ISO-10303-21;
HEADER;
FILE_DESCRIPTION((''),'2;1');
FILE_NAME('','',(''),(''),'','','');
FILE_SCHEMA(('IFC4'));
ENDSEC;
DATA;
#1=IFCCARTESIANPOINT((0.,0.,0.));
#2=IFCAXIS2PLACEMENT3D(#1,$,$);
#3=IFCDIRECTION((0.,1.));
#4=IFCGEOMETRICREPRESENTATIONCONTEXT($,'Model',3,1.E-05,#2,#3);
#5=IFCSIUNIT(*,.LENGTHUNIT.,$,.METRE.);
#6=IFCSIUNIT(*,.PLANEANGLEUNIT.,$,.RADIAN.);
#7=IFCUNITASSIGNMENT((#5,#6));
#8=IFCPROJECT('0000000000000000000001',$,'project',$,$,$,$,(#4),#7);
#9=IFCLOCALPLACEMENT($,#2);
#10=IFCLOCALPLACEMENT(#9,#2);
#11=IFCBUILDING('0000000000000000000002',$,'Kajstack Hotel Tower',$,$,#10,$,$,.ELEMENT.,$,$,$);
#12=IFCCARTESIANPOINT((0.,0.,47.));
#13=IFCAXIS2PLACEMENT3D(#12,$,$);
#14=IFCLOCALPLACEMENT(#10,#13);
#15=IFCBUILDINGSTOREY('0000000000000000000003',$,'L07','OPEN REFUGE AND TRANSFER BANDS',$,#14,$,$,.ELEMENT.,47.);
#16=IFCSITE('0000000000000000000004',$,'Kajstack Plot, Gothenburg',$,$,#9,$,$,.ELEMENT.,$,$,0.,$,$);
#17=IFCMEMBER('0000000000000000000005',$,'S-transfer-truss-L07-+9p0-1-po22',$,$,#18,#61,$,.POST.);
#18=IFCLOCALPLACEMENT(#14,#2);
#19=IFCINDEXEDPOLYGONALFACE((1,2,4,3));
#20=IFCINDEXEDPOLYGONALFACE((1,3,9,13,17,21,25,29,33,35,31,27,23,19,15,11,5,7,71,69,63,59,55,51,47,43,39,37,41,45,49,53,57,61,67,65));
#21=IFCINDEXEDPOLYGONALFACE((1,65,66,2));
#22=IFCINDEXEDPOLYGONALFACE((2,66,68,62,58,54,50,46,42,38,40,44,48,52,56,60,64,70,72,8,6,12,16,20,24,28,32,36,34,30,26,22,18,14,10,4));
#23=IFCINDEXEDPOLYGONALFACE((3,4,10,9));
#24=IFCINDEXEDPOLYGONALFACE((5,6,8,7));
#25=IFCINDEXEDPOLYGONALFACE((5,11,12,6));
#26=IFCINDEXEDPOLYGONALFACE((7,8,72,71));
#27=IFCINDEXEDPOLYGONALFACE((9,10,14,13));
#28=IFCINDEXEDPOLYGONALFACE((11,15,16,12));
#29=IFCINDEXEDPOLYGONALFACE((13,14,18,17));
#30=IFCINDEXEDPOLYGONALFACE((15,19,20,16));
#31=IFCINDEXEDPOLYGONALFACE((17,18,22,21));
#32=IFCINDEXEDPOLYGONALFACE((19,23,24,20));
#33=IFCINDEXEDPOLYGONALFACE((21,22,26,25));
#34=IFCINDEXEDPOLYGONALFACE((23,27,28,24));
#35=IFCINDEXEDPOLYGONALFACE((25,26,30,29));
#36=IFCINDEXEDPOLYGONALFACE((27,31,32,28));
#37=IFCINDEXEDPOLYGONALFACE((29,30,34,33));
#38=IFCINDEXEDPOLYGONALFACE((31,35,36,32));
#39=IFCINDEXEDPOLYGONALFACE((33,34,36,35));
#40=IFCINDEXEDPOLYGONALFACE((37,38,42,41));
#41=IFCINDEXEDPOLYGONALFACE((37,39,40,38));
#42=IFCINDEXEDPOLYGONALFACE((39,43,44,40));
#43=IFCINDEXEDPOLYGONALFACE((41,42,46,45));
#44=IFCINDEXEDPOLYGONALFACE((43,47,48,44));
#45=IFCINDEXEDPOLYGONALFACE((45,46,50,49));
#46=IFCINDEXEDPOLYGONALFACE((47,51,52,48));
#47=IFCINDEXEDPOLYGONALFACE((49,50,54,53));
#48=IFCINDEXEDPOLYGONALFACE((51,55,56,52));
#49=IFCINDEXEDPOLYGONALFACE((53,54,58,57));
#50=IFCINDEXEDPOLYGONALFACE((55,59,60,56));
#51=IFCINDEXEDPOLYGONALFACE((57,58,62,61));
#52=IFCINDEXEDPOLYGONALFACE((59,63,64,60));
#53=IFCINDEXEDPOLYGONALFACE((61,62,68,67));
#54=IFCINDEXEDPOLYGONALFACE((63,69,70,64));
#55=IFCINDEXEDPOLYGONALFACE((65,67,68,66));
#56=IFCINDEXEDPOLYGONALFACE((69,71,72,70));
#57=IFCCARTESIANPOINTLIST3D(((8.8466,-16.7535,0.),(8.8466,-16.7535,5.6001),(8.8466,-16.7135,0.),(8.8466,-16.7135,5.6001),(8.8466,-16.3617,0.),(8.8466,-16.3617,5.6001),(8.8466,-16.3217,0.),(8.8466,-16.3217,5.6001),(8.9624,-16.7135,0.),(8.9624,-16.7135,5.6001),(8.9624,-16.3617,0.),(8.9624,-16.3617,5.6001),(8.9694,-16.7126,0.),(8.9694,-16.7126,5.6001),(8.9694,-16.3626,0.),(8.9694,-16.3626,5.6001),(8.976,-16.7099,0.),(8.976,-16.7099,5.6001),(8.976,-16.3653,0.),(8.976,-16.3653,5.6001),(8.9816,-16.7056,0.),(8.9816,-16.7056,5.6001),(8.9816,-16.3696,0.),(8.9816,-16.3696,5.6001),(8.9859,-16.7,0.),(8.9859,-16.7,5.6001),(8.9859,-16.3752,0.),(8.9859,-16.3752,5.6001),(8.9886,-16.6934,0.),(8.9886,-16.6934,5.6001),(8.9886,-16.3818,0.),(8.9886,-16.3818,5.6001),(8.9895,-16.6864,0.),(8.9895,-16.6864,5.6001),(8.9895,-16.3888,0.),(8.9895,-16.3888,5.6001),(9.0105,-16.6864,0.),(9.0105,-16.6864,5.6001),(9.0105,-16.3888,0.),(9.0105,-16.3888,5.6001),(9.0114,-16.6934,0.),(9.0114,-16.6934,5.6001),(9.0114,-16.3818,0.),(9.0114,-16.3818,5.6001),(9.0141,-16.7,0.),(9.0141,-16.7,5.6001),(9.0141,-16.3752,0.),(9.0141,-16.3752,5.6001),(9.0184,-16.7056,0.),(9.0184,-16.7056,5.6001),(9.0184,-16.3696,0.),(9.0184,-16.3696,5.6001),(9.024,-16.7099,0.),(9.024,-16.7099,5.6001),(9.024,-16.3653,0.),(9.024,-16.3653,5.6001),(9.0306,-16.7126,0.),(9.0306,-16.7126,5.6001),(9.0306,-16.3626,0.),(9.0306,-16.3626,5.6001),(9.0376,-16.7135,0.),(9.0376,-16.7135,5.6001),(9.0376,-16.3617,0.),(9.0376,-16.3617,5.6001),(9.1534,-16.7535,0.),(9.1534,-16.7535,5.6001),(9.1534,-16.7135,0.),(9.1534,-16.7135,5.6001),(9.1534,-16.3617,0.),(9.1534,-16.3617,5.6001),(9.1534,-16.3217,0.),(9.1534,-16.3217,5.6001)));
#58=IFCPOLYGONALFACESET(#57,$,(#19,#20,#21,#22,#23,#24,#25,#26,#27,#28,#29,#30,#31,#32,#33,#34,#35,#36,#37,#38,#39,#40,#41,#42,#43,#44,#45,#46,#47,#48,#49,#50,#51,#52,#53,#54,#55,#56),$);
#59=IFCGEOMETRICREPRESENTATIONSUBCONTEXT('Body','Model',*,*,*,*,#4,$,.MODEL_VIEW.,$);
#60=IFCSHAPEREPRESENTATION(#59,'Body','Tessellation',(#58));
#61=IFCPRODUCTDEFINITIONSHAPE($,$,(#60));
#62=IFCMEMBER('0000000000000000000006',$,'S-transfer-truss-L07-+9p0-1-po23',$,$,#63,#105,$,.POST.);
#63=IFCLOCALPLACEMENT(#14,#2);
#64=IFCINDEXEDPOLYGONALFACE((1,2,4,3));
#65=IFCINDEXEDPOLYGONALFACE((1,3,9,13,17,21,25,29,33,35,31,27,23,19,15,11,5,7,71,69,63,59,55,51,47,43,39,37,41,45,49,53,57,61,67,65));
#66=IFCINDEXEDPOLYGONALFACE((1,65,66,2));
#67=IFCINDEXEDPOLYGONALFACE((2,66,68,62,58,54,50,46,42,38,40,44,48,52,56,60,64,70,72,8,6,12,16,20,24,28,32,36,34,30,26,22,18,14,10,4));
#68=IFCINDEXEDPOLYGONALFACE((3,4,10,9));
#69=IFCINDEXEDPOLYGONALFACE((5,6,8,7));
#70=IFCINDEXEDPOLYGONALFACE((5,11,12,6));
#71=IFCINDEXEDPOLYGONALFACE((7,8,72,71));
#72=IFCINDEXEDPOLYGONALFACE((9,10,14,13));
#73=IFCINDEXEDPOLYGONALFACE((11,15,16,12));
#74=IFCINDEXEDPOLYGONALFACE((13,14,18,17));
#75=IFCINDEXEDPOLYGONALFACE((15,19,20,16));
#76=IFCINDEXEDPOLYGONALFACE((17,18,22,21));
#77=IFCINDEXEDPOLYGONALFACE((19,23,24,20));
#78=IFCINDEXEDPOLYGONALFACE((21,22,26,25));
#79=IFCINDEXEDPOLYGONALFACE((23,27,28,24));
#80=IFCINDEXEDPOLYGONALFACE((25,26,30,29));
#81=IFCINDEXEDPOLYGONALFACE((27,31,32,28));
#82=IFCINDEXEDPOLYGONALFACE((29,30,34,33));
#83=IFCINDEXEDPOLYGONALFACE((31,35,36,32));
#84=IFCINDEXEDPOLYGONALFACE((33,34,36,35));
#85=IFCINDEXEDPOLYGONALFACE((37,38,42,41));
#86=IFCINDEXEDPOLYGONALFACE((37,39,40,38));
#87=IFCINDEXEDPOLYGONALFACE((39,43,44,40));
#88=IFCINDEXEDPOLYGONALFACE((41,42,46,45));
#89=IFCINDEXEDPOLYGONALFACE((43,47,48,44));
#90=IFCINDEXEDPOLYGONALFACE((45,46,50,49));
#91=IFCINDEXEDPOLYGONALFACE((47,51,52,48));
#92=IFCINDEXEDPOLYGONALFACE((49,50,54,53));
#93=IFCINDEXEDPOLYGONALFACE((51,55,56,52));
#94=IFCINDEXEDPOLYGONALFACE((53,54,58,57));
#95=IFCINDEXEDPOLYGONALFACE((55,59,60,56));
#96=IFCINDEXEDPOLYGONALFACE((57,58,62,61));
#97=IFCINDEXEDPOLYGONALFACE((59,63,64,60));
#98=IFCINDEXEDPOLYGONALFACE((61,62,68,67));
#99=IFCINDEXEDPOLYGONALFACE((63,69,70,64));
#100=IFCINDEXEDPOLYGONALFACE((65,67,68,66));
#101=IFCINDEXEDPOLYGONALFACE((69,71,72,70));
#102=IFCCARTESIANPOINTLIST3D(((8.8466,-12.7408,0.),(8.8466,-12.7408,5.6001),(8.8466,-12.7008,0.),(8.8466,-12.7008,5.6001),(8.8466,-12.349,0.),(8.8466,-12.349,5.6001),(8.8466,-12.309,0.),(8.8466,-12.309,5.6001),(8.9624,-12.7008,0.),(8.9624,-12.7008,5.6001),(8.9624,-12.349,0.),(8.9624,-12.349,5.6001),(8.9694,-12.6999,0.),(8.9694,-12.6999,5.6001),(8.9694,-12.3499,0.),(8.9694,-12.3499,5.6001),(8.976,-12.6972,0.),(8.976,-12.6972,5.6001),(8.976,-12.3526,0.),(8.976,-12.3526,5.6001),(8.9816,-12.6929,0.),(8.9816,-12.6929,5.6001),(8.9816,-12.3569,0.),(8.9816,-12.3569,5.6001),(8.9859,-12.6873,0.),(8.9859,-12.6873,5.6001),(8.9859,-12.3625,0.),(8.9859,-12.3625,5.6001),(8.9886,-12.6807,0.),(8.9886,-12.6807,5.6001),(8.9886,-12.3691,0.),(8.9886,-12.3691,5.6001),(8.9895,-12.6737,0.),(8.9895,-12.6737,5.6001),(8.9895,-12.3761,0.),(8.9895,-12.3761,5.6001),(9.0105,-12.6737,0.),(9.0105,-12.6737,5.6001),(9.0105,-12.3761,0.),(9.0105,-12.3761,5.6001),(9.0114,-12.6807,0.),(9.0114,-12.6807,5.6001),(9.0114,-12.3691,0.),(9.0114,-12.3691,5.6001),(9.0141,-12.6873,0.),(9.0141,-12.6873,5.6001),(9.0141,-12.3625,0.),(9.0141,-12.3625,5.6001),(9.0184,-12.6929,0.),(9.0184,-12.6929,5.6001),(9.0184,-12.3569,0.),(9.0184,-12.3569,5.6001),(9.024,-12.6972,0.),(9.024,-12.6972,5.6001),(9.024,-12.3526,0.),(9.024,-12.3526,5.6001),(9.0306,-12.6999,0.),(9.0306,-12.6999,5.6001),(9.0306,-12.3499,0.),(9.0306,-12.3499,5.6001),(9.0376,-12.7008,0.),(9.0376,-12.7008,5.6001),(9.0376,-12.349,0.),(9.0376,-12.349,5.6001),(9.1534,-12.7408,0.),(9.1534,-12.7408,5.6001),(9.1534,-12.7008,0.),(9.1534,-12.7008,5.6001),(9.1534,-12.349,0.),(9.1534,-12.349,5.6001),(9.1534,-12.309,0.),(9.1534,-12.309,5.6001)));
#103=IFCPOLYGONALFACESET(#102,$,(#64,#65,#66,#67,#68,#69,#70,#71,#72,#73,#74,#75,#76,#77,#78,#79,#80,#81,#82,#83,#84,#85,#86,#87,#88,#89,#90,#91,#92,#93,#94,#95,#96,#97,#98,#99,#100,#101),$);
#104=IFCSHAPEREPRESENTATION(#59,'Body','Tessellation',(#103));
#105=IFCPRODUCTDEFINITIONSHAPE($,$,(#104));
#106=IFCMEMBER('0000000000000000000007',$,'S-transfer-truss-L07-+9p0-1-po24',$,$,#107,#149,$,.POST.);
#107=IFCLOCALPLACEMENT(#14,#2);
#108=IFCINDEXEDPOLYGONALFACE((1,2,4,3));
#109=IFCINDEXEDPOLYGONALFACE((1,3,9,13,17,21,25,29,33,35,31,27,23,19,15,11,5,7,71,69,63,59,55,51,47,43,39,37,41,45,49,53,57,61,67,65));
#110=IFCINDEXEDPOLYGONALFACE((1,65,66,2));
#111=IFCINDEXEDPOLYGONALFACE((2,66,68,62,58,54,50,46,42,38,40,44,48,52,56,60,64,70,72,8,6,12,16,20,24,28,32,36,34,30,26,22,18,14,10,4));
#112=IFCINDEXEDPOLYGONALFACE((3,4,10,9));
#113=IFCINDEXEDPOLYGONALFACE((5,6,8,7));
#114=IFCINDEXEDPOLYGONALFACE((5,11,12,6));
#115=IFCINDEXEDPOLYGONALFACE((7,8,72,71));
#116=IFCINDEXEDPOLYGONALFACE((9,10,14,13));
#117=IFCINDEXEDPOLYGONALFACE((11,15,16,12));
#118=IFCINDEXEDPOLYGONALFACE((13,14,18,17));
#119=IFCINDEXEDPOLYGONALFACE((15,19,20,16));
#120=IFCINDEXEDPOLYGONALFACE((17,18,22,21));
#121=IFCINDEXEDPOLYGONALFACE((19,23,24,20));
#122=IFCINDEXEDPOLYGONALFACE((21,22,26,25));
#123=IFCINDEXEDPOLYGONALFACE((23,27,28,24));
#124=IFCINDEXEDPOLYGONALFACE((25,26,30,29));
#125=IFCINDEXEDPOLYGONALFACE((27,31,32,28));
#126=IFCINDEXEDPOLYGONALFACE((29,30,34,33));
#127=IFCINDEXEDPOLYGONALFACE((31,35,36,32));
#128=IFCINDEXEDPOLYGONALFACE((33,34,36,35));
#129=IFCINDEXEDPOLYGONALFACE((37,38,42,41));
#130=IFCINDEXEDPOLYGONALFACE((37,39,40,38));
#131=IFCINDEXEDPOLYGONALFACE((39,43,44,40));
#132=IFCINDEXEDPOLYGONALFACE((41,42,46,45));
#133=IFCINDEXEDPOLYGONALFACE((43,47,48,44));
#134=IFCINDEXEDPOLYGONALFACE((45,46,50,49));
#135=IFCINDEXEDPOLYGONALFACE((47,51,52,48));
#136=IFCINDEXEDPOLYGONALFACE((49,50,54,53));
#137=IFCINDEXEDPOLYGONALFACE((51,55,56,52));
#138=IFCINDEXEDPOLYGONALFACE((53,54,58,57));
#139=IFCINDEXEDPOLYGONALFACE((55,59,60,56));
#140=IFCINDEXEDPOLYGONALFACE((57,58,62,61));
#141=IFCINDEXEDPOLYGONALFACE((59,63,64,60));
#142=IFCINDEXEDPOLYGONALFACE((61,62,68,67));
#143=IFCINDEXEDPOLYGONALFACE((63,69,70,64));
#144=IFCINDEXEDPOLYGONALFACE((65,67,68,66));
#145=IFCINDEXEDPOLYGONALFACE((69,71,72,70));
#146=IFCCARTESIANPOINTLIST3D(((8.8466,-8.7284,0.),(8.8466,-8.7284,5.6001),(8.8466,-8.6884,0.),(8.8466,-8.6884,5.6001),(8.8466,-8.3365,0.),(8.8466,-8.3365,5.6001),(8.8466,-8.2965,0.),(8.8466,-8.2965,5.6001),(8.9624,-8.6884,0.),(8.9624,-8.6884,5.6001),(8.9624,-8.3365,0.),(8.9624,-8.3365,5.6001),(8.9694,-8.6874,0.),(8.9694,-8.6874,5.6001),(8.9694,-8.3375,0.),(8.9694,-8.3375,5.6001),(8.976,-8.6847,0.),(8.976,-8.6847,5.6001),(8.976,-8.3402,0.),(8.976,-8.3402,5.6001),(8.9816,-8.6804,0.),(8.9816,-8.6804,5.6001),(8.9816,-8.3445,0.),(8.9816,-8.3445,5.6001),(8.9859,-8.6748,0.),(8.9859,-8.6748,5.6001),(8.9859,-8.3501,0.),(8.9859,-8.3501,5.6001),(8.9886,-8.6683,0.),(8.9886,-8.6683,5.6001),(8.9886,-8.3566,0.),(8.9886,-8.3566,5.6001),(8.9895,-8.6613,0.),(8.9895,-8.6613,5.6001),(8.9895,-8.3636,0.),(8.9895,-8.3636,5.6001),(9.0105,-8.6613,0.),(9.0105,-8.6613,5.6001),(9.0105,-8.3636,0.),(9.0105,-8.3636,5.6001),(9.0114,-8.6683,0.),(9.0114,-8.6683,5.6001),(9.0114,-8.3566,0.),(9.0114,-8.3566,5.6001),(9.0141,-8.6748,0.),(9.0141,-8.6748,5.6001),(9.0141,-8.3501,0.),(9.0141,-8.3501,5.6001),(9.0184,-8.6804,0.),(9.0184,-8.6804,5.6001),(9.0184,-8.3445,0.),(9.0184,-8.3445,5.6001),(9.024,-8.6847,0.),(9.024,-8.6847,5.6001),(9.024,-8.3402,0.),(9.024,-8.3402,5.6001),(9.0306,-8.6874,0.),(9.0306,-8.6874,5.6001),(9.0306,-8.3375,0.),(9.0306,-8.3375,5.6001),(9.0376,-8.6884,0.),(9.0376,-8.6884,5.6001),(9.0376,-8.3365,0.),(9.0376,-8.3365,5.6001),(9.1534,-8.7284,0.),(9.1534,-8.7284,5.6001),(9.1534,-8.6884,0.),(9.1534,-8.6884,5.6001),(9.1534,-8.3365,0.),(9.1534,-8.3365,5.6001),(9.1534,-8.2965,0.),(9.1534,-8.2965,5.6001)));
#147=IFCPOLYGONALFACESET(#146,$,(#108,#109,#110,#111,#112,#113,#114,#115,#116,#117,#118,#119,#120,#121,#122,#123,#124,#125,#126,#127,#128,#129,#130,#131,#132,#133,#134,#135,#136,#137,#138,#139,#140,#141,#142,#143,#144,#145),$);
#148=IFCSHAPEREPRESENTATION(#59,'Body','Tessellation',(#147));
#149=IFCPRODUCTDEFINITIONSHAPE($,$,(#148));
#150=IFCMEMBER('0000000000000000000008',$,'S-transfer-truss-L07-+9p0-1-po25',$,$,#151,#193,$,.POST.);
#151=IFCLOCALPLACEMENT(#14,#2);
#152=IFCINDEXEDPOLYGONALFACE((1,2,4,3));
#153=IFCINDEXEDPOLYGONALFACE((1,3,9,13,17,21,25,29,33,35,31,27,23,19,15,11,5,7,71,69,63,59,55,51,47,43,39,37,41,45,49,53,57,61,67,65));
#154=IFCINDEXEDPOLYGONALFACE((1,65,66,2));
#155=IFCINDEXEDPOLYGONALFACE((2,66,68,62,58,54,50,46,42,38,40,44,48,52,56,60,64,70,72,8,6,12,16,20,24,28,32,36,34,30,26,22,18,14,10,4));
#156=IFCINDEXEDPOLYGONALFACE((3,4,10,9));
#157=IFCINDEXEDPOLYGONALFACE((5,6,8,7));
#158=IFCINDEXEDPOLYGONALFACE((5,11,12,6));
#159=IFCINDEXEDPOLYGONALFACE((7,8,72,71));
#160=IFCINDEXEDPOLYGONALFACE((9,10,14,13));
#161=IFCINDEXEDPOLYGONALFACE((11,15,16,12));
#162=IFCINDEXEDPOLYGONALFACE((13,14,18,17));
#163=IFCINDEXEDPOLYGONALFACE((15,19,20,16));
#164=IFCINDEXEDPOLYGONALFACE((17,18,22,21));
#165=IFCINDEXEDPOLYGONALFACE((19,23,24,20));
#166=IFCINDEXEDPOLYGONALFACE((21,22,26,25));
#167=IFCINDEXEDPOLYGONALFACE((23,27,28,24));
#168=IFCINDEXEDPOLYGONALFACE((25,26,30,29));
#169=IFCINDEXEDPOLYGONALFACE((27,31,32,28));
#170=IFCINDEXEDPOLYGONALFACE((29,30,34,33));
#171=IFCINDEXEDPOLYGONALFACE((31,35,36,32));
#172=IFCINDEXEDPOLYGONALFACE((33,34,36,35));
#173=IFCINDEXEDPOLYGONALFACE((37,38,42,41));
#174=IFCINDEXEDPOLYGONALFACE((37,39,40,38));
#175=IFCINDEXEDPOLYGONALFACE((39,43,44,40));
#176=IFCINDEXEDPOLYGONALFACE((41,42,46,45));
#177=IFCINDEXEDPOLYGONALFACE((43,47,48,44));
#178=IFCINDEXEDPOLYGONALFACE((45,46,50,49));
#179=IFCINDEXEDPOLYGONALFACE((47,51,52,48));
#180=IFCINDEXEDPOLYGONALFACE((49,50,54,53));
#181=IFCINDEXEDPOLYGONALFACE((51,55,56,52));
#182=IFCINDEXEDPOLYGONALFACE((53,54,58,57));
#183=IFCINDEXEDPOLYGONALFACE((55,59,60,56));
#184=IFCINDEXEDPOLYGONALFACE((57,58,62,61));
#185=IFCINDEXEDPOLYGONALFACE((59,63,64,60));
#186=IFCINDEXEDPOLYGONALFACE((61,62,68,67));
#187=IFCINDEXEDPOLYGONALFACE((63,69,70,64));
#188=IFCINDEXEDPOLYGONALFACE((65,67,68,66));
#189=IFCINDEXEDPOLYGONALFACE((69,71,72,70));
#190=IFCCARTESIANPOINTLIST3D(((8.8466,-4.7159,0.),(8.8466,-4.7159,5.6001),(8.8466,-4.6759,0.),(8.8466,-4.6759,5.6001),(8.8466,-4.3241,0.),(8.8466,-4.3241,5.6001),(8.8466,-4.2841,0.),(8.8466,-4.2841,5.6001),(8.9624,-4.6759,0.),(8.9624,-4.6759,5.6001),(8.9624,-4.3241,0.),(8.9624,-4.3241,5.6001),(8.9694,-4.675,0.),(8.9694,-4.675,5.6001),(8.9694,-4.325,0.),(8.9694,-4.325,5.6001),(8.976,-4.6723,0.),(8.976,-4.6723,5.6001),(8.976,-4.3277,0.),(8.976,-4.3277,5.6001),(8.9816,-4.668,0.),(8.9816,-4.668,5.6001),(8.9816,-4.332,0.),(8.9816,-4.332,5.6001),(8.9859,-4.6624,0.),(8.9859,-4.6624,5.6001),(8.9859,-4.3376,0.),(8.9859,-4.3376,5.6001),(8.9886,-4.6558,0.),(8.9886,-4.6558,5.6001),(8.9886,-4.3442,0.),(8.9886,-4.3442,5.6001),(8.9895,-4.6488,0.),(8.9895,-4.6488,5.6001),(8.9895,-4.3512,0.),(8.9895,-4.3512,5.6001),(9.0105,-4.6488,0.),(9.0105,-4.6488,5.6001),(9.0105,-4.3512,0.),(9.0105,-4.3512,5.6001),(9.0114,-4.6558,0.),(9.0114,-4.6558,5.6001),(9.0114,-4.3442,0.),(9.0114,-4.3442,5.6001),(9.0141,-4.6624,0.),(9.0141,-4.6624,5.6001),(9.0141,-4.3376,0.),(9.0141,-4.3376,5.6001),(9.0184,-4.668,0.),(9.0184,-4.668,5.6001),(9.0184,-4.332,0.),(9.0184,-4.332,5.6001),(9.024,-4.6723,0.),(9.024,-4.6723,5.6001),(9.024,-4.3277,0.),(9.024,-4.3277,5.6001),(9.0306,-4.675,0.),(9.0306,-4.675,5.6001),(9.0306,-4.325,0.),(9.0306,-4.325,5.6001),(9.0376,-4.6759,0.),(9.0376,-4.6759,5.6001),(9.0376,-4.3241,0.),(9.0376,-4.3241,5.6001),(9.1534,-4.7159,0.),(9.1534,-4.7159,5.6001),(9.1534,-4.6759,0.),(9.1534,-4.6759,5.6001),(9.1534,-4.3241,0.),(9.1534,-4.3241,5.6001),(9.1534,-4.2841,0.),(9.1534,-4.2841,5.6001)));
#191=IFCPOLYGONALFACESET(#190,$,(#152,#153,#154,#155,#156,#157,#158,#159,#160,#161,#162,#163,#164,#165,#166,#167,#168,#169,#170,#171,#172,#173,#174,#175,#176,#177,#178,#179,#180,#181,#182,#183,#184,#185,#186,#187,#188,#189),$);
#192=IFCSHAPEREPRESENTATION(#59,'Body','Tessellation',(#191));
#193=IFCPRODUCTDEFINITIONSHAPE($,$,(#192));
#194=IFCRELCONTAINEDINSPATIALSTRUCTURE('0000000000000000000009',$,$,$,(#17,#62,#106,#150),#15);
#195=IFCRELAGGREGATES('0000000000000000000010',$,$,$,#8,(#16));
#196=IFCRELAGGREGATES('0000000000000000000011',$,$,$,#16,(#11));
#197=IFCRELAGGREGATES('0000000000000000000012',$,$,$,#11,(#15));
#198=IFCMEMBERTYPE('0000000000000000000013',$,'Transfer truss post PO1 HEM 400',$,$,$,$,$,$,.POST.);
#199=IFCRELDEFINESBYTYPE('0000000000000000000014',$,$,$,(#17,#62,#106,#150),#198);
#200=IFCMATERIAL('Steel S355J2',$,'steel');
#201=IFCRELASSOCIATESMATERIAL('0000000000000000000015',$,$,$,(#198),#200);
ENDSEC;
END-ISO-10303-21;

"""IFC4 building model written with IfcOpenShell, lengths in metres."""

from ifc_helpers import new_model, si_unit, direction, frame, origin, origin_2d, place, context, subcontext, project, spatial, i_section, extrude, material, material_profile, profile_set, type_object, element, save


model = new_model("IFC4")

# Units and contexts
model_context = context("Model", 3, precision=1e-05, world=origin(), true_north=direction((0.0, 1.0)))
body_context = subcontext(model_context, "Body", "Model", "MODEL_VIEW")
ifc_project = project(units=[si_unit("LENGTHUNIT", "METRE"), si_unit("PLANEANGLEUNIT", "RADIAN")], contexts=[model_context])

# Site, building, storey
site_placement = place(None, origin())
site = spatial("IfcSite", under=ifc_project, at=site_placement, Name="Kajstack Plot, Gothenburg", CompositionType="ELEMENT", RefElevation=0.0)
building_placement = place(site_placement, origin())
building = spatial("IfcBuilding", under=site, at=building_placement, Name="Kajstack Hotel Tower", CompositionType="ELEMENT")
storey_placement = place(building_placement, frame((0.0, 0.0, 47.0)))
storey = spatial("IfcBuildingStorey", under=building, at=storey_placement, Name="L07", Description="OPEN REFUGE AND TRANSFER BANDS", CompositionType="ELEMENT", Elevation=47.0)

# Members
ifc_material_1 = material(Name="Steel S355J2", Category="steel")
ifc_material_profile_1 = material_profile(ifc_material_1, i_section(OverallWidth=0.3069, OverallDepth=0.4319, WebThickness=0.021, FlangeThickness=0.04, FilletRadius=0.0271, at=origin_2d()), Name="HEM 400")
ifc_profile_set_1 = profile_set([ifc_material_profile_1], Name="Steel S355J2")
member_type_1 = type_object("IfcMemberType", Name="Transfer truss post PO1 HEM 400", PredefinedType="POST", material=ifc_profile_set_1)
for number, where, z_axis, x_axis, name in (
    (1, (9.0, -16.5376, 0.0), (0.0, 0.0, 1.0), (1.0, 0.0, 0.0), "S-transfer-truss-L07-+9p0-1-po22"),
    (2, (9.0, -12.5249, 0.0), (0.0, 0.0, 1.0), (1.0, 0.0, 0.0), "S-transfer-truss-L07-+9p0-1-po23"),
    (3, (9.0, -8.5125, 0.0), (0.0, 0.0, 1.0), (1.0, 0.0, 0.0), "S-transfer-truss-L07-+9p0-1-po24"),
    (4, (9.0, -4.5, 0.0), (0.0, 0.0, 1.0), (1.0, 0.0, 0.0), "S-transfer-truss-L07-+9p0-1-po25"),
):
    element("IfcMember", number, at=place(storey_placement, frame(where, z_axis=z_axis, x_axis=x_axis)), inside=storey, type_object=member_type_1, Name=name, PredefinedType="POST", context=body_context, shape_type="SweptSolid", body=[
        extrude(i_section(OverallWidth=0.3069, OverallDepth=0.4319, WebThickness=0.021, FlangeThickness=0.04, FilletRadius=0.0271, at=origin_2d()), origin(), (0.0, 0.0, 1.0), 5.6001),
    ])

save(model, "model.ifc")
